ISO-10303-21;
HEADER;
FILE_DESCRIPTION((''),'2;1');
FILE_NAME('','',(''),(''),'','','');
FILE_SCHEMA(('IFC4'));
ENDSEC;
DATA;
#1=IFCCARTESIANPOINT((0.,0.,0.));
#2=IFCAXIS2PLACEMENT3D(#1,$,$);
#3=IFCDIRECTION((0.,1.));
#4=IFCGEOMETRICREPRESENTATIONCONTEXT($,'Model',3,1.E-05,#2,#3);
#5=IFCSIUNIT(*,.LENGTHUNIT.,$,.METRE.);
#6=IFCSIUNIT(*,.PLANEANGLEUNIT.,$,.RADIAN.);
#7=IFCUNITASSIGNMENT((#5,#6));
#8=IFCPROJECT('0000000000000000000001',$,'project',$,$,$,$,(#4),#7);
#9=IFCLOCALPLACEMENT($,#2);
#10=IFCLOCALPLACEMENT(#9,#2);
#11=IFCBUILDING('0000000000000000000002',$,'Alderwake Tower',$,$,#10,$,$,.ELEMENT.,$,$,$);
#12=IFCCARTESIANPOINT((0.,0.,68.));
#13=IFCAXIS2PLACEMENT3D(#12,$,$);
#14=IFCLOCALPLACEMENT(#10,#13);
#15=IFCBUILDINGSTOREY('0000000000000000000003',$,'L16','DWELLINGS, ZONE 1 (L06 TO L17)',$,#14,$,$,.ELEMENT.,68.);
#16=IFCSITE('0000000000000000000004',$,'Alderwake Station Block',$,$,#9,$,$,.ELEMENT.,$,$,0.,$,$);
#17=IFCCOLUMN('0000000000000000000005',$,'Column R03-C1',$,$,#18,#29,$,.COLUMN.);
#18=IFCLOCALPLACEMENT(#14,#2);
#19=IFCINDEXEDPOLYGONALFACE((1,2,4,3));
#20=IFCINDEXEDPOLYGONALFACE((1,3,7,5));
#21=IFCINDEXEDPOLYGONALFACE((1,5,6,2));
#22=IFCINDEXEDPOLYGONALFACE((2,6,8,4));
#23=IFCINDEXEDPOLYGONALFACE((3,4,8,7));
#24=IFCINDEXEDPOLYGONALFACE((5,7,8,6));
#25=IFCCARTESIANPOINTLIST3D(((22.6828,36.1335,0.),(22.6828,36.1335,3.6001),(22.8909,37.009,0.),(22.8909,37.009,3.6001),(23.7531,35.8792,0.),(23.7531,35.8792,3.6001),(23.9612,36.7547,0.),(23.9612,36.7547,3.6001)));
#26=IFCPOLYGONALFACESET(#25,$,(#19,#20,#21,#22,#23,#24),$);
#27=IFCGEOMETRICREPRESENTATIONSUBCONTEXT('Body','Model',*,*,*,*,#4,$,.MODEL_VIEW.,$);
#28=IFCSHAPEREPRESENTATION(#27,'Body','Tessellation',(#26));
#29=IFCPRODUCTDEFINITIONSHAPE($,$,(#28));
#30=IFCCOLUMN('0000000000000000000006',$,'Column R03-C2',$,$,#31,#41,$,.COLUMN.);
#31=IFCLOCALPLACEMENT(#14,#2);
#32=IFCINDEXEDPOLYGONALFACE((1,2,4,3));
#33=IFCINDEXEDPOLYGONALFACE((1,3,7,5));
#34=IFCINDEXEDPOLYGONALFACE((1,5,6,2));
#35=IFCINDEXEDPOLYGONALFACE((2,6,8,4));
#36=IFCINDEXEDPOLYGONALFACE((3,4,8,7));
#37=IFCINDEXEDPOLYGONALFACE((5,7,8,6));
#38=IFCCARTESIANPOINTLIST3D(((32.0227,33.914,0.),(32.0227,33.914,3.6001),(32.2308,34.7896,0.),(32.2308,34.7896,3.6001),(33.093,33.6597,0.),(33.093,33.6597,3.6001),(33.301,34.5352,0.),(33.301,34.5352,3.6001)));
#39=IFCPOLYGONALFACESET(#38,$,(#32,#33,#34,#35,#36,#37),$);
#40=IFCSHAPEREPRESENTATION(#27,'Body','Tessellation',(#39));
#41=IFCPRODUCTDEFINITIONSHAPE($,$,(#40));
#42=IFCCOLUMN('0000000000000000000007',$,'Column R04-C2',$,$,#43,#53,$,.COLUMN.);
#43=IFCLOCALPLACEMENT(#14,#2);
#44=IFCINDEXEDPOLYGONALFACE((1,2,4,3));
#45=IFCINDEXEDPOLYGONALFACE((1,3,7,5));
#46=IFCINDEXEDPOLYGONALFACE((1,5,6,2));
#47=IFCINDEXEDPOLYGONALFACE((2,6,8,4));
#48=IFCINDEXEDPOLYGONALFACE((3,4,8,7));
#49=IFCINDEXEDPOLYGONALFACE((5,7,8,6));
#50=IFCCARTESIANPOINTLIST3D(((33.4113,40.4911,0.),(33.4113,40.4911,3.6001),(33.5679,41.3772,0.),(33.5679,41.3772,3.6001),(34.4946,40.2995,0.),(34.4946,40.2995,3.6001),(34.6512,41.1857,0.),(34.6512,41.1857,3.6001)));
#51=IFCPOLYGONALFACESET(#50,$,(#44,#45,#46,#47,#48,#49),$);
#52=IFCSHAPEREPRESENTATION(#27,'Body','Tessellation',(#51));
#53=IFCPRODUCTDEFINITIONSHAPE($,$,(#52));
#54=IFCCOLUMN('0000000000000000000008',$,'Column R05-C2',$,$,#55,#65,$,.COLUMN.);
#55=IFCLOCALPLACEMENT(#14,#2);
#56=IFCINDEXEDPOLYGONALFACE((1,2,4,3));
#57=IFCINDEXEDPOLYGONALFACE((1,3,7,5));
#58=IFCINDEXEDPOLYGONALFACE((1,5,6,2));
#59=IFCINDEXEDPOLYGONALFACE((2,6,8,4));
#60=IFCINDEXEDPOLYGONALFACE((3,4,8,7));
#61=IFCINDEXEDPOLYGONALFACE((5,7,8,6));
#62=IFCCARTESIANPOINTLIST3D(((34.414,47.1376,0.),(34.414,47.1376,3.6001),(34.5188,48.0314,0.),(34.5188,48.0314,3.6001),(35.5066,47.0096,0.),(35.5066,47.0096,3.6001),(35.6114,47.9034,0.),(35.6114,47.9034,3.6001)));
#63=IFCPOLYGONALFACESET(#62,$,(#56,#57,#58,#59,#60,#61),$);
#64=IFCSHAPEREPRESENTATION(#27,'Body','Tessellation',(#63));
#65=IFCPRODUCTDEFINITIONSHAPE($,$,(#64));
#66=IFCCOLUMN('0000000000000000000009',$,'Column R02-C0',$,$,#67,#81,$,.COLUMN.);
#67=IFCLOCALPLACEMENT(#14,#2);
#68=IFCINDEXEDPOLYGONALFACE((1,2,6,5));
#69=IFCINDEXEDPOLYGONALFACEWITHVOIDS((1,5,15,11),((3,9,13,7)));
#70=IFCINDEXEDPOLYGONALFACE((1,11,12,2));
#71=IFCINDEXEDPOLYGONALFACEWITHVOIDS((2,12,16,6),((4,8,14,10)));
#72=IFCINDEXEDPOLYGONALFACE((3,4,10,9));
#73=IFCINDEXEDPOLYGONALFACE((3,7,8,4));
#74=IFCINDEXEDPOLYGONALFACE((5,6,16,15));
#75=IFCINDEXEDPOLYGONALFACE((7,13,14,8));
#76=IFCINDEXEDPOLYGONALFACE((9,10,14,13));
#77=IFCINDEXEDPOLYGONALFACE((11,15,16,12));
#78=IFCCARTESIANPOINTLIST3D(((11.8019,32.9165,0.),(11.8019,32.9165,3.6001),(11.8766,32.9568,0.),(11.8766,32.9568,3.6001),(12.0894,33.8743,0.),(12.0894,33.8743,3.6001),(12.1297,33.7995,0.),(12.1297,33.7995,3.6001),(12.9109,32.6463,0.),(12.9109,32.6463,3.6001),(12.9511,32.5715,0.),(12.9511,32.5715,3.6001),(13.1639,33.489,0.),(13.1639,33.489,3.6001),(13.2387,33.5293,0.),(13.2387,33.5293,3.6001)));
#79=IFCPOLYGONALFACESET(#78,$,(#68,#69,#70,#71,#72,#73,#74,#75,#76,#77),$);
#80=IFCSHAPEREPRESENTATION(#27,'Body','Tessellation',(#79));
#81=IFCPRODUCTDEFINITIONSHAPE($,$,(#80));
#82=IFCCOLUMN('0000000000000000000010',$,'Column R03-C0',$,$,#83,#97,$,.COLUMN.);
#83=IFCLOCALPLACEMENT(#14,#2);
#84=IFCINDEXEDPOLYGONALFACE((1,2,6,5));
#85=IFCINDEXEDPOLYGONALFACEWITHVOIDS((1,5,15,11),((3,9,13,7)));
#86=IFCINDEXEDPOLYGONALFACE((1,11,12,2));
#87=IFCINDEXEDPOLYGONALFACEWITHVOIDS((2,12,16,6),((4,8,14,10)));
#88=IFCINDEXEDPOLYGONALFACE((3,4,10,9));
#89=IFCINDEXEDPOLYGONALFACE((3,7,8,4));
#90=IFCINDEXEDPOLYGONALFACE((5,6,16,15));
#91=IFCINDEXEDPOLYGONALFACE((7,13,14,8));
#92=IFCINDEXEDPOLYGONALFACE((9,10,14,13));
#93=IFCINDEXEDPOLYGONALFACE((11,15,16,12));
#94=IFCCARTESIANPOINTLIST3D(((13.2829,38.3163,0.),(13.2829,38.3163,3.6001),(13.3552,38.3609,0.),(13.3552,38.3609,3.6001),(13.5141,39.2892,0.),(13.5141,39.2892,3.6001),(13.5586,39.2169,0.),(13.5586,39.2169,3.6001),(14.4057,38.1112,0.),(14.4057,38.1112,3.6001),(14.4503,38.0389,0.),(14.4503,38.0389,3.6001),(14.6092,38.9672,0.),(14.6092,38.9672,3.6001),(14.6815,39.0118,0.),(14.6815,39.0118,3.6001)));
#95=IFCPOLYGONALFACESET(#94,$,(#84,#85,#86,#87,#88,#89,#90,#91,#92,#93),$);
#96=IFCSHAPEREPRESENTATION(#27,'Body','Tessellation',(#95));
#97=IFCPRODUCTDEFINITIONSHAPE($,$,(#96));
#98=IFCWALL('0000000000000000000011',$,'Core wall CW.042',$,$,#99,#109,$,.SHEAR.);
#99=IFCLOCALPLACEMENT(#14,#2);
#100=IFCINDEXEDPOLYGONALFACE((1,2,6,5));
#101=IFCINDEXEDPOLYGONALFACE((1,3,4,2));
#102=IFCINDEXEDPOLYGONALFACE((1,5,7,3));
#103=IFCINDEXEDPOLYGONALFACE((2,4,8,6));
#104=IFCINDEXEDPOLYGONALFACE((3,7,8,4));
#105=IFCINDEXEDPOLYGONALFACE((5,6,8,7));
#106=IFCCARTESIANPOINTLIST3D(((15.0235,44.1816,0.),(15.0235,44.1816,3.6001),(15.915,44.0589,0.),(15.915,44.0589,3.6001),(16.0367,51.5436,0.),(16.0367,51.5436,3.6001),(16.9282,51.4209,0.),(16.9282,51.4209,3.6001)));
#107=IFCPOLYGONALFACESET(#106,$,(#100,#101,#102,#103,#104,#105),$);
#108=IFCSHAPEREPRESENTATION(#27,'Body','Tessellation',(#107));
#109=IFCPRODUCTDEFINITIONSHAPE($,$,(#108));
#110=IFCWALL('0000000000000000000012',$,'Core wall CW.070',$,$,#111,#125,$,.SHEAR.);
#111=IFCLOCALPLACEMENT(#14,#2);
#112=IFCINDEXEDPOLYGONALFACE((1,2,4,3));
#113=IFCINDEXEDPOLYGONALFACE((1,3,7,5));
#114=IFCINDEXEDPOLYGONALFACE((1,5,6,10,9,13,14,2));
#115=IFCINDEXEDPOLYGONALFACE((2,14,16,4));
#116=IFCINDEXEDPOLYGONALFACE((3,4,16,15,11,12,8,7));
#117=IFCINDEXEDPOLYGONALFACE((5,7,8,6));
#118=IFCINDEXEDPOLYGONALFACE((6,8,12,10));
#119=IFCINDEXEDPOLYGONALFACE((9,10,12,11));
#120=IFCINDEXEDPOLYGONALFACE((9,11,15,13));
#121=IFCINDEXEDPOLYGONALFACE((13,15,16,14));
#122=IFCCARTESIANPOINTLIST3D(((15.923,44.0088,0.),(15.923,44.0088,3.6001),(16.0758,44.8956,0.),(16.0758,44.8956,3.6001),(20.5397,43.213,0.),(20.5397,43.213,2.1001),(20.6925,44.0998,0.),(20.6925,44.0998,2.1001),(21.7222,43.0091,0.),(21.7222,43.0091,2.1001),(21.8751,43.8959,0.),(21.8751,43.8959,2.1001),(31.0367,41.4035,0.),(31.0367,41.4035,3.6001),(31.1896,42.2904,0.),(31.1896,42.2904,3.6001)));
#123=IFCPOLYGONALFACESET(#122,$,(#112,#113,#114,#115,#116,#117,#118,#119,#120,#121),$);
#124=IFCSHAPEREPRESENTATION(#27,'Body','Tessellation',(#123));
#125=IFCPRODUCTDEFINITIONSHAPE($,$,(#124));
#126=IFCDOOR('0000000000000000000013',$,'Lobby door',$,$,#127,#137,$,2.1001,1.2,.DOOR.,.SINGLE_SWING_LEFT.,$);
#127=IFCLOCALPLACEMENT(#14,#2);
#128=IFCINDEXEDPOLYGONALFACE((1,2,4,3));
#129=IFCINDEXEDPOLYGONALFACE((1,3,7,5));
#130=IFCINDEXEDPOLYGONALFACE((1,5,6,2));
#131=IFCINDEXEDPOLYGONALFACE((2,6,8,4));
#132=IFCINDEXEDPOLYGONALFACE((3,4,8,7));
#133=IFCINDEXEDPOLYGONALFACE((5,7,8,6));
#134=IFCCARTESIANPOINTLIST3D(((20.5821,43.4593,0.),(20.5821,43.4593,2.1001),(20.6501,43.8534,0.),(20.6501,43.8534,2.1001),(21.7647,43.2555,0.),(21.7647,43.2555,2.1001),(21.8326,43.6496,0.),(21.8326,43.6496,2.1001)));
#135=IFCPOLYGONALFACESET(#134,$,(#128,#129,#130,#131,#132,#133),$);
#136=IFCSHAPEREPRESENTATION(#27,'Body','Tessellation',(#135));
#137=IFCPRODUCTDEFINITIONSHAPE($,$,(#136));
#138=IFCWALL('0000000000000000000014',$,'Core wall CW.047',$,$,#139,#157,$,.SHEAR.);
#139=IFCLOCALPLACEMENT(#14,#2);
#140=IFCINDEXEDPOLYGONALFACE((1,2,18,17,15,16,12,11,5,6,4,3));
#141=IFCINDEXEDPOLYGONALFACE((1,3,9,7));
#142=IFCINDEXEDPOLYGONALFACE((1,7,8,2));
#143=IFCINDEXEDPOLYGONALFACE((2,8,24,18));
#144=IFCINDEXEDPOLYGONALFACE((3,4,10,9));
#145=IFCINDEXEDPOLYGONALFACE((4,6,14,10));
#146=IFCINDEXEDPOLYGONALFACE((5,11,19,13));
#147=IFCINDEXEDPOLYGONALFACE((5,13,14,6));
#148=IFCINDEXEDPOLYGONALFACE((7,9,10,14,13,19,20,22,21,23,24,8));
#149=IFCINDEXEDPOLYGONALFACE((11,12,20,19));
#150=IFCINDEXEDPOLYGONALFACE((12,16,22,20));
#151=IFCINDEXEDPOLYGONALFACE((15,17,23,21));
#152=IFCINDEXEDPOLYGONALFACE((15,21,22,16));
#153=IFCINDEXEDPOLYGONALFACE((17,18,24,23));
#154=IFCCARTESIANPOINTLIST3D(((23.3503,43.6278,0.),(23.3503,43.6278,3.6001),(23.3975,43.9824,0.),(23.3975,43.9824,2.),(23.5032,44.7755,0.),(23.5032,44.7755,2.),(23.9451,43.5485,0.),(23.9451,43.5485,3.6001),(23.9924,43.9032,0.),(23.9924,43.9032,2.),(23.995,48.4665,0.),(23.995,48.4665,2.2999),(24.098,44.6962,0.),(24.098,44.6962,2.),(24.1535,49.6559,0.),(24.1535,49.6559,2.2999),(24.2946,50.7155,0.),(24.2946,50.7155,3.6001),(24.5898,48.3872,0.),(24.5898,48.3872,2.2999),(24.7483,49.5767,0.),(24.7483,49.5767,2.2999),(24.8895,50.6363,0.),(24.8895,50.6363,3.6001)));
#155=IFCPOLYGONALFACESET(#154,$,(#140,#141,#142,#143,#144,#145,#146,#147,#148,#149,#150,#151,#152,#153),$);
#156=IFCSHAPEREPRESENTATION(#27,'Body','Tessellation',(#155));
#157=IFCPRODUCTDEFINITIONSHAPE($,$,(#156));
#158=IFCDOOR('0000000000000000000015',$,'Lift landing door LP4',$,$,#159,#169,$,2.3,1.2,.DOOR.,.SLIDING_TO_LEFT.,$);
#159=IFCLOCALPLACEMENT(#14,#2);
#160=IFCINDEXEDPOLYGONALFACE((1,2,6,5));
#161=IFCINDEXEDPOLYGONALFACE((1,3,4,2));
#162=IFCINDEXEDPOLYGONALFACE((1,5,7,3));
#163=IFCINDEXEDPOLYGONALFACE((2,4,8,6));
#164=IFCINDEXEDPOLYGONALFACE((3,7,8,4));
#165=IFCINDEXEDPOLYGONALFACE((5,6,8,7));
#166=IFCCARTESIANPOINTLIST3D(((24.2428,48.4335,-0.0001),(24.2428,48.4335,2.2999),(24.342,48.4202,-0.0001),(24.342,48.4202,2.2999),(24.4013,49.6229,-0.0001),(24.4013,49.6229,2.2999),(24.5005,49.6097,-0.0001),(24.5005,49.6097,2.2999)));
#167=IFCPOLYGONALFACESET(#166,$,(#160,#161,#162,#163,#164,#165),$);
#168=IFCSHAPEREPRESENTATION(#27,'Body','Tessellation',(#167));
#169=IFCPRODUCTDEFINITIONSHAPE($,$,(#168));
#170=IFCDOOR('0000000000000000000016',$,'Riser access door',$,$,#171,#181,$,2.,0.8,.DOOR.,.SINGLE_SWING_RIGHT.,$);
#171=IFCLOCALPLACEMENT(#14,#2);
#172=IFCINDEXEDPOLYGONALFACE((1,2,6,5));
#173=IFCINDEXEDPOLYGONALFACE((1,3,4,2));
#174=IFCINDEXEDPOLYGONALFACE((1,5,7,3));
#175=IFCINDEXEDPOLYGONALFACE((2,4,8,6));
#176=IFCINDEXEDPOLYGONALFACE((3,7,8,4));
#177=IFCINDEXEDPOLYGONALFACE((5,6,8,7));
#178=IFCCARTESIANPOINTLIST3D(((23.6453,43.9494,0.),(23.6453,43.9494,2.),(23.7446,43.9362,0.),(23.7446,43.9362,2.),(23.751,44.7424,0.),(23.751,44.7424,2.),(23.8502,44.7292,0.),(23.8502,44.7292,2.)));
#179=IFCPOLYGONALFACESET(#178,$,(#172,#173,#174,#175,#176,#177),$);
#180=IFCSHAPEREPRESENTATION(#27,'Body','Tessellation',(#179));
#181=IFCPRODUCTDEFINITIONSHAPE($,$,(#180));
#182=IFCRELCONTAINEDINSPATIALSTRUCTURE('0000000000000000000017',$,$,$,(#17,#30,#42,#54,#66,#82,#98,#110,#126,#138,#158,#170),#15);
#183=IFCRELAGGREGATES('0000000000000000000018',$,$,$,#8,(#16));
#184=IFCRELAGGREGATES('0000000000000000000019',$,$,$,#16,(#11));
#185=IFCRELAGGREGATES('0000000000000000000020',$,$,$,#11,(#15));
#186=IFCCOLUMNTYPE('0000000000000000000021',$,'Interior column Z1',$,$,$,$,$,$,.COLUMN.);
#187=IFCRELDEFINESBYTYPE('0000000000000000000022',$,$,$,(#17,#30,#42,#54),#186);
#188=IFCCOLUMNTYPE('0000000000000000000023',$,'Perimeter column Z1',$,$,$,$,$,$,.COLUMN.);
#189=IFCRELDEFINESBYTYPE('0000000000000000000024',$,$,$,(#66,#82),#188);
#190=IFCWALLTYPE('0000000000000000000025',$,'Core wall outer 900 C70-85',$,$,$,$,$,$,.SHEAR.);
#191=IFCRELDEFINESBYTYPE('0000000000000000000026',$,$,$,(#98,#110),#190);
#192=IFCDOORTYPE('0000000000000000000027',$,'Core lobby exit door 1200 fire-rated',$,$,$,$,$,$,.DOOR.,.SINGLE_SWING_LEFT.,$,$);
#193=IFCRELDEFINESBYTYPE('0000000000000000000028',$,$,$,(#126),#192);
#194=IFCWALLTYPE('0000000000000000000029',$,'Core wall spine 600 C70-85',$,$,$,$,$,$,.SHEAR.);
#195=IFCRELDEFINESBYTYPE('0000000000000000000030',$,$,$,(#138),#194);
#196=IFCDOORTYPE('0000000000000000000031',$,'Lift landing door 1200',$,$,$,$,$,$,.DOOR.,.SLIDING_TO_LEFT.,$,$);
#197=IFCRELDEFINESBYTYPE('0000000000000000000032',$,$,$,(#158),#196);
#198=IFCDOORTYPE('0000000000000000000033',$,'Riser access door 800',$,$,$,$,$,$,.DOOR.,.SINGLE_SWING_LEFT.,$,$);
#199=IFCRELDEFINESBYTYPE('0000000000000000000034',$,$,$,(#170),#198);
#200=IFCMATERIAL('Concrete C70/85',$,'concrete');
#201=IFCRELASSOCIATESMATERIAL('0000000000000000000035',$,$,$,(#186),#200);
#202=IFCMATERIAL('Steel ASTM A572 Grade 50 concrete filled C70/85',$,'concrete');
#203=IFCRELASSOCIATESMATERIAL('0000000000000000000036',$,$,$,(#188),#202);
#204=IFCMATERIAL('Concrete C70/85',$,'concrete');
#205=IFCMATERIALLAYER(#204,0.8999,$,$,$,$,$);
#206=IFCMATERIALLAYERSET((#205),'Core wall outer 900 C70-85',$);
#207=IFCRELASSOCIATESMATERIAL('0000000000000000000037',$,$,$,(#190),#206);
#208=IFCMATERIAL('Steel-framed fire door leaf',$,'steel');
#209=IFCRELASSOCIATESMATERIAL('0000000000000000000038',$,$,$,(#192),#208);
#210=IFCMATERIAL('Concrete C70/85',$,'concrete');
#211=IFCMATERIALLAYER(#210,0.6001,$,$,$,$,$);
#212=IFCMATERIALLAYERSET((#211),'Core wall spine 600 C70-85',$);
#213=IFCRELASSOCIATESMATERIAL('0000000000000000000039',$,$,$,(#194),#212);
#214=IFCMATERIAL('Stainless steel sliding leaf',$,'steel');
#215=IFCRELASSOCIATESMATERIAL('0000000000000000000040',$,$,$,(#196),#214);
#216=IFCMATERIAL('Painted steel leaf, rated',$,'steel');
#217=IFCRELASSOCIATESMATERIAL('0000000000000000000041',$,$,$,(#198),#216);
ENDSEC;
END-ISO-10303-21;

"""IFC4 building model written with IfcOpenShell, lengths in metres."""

from ifc_helpers import new_model, si_unit, direction, frame, frame_2d, origin, origin_2d, place, context, subcontext, project, spatial, rectangle, hollow_rectangle, extrude, material, layer, layer_set, material_profile, profile_set, type_object, element, fill, save


model = new_model("IFC4")

# Units and contexts
model_context = context("Model", 3, precision=1e-05, world=origin(), true_north=direction((0.0, 1.0)))
body_context = subcontext(model_context, "Body", "Model", "MODEL_VIEW")
ifc_project = project(units=[si_unit("LENGTHUNIT", "METRE"), si_unit("PLANEANGLEUNIT", "RADIAN")], contexts=[model_context])

# Site, building, storey
site_placement = place(None, origin())
site = spatial("IfcSite", under=ifc_project, at=site_placement, Name="Alderwake Station Block", CompositionType="ELEMENT", RefElevation=0.0)
building_placement = place(site_placement, origin())
building = spatial("IfcBuilding", under=site, at=building_placement, Name="Alderwake Tower", CompositionType="ELEMENT")
storey_placement = place(building_placement, frame((0.0, 0.0, 68.0)))
storey = spatial("IfcBuildingStorey", under=building, at=storey_placement, Name="L16", Description="DWELLINGS, ZONE 1 (L06 TO L17)", CompositionType="ELEMENT", Elevation=68.0)

# Columns
ifc_material_1 = material(Name="Concrete C70/85", Category="concrete")
ifc_material_profile_1 = material_profile(ifc_material_1, rectangle(XDim=0.8999, YDim=1.1001, at=origin_2d()), Name="RC 1100X900")
ifc_profile_set_1 = profile_set([ifc_material_profile_1], Name="Concrete C70/85")
column_type_1 = type_object("IfcColumnType", Name="Interior column Z1", PredefinedType="COLUMN", material=ifc_profile_set_1)
for number, where, z_axis, x_axis, name in (
    (1, (23.322, 36.4441, 0.0), (0.0, 0.0, 1.0), (0.231222, 0.972901, 0.0), "Column R03-C1"),
    (2, (32.6619, 34.2246, 0.0), (0.0, 0.0, 1.0), (0.231222, 0.972901, 0.0), "Column R03-C2"),
    (3, (34.0312, 40.8384, 0.0), (0.0, 0.0, 1.0), (0.174109, 0.984726, 0.0), "Column R04-C2"),
    (4, (35.0127, 47.5205, 0.0), (0.0, 0.0, 1.0), (0.116402, 0.993202, 0.0), "Column R05-C2"),
):
    element("IfcColumn", number, at=place(storey_placement, frame(where, z_axis=z_axis, x_axis=x_axis)), inside=storey, type_object=column_type_1, Name=name, PredefinedType="COLUMN", context=body_context, shape_type="SweptSolid", body=[
        extrude(rectangle(XDim=0.8999, YDim=1.1001, at=origin_2d()), origin(), (0.0, 0.0, 1.0), 3.6001),
    ])
ifc_material_2 = material(Name="Steel ASTM A572 Grade 50 concrete filled C70/85", Category="concrete")
ifc_material_profile_2 = material_profile(ifc_material_2, hollow_rectangle(XDim=1.0, YDim=1.2, WallThickness=0.0601, at=origin_2d()), Name="BOX 1200X1000X60")
ifc_profile_set_2 = profile_set([ifc_material_profile_2], Name="Steel ASTM A572 Grade 50 concrete filled C70/85")
column_type_2 = type_object("IfcColumnType", Name="Perimeter column Z1", PredefinedType="COLUMN", material=ifc_profile_set_2)
for number, where, z_axis, x_axis, name in (
    (5, (12.5203, 33.2229, 0.0), (0.0, 0.0, 1.0), (0.287549, 0.957766, 0.0), "Column R02-C0"),
    (6, (13.9822, 38.6641, 0.0), (0.0, 0.0, 1.0), (0.231222, 0.972901, 0.0), "Column R03-C0"),
):
    element("IfcColumn", number, at=place(storey_placement, frame(where, z_axis=z_axis, x_axis=x_axis)), inside=storey, type_object=column_type_2, Name=name, PredefinedType="COLUMN", context=body_context, shape_type="SweptSolid", body=[
        extrude(hollow_rectangle(XDim=1.0, YDim=1.2, WallThickness=0.0601, at=origin_2d()), origin(), (0.0, 0.0, 1.0), 3.6001),
    ])

# Wall
ifc_material_3 = material(Name="Concrete C70/85", Category="concrete")
ifc_layer_1 = layer(ifc_material_3, 0.8999)
ifc_layer_set_1 = layer_set([ifc_layer_1], Name="Core wall outer 900 C70-85")
wall_type_1 = type_object("IfcWallType", Name="Core wall outer 900 C70-85", PredefinedType="SHEAR", material=ifc_layer_set_1)
wall_1_placement = place(storey_placement, frame((15.4692, 44.1201, 0.0), z_axis=(0.0, 0.0, 1.0), x_axis=(0.136337, 0.990662, 0.0)))
element("IfcWall", 7, at=wall_1_placement, inside=storey, type_object=wall_type_1, Name="Core wall CW.042", PredefinedType="SHEAR", context=body_context, shape_type="SweptSolid", body=[
    extrude(rectangle(XDim=7.4314, YDim=0.8999, at=frame_2d((3.7158, 0.0))), origin(), (0.0, 0.0, 1.0), 3.6001),
])

# Wall, opening, door
wall_2_placement = place(storey_placement, frame((31.1133, 41.8469, 0.0), z_axis=(0.0, 0.0, 1.0), x_axis=(-0.985467, 0.169869, 0.0)))
wall_2 = element("IfcWall", 8, at=wall_2_placement, inside=storey, type_object=wall_type_1, Name="Core wall CW.070", PredefinedType="SHEAR", context=body_context, shape_type="SweptSolid", body=[
    extrude(rectangle(XDim=15.3367, YDim=0.8999, at=frame_2d((7.6685, 0.0))), origin(), (0.0, 0.0, 1.0), 3.6001),
])
opening_1_placement = place(wall_2_placement, frame((9.4519, 0.0, 0.0)))
opening_1 = element("IfcOpeningElement", 9, at=opening_1_placement, cuts=wall_2, PredefinedType="OPENING", context=body_context, shape_type="SweptSolid", body=[
    extrude(rectangle(XDim=1.2, YDim=2.1001, at=frame_2d((0.6001, 1.05))), frame((0.0, 0.46, 0.0), z_axis=(0.0, -1.0, 0.0), x_axis=(1.0, 0.0, 0.0)), (0.0, 0.0, 1.0), 0.9199),
])
ifc_material_4 = material(Name="Steel-framed fire door leaf", Category="steel")
door_type_1 = type_object("IfcDoorType", Name="Core lobby exit door 1200 fire-rated", OperationType="SINGLE_SWING_LEFT", PredefinedType="DOOR", material=ifc_material_4)
door_1_placement = place(opening_1_placement, origin())
door_1 = element("IfcDoor", 10, at=door_1_placement, inside=storey, type_object=door_type_1, Name="Lobby door", OperationType="SINGLE_SWING_LEFT", OverallHeight=2.1001, OverallWidth=1.2, PredefinedType="DOOR", context=body_context, shape_type="SweptSolid", body=[
    extrude(rectangle(XDim=1.2, YDim=2.1001, at=frame_2d((0.6001, 1.05))), frame((0.0, 0.2, 0.0), z_axis=(0.0, -1.0, 0.0), x_axis=(1.0, 0.0, 0.0)), (0.0, 0.0, 1.0), 0.3999),
])
fill(opening_1, door_1)

# Wall, openings, doors
ifc_material_5 = material(Name="Concrete C70/85", Category="concrete")
ifc_layer_2 = layer(ifc_material_5, 0.6001)
ifc_layer_set_2 = layer_set([ifc_layer_2], Name="Core wall spine 600 C70-85")
wall_type_2 = type_object("IfcWallType", Name="Core wall spine 600 C70-85", PredefinedType="SHEAR", material=ifc_layer_set_2)
wall_3_placement = place(storey_placement, frame((23.6477, 43.5881, 0.0), z_axis=(0.0, 0.0, 1.0), x_axis=(0.13207, 0.99124, 0.0)))
wall_3 = element("IfcWall", 11, at=wall_3_placement, inside=storey, type_object=wall_type_2, Name="Core wall CW.047", PredefinedType="SHEAR", context=body_context, shape_type="SweptSolid", body=[
    extrude(rectangle(XDim=7.1504, YDim=0.6001, at=frame_2d((3.5752, 0.0))), origin(), (0.0, 0.0, 1.0), 3.6001),
])
opening_2_placement = place(wall_3_placement, frame((4.8813, 0.0, 0.0)))
opening_2 = element("IfcOpeningElement", 12, at=opening_2_placement, cuts=wall_3, PredefinedType="OPENING", context=body_context, shape_type="SweptSolid", body=[
    extrude(rectangle(XDim=1.2, YDim=2.3, at=frame_2d((0.6001, 1.1499))), frame((0.0, 0.3101, 0.0), z_axis=(0.0, -1.0, 0.0), x_axis=(1.0, 0.0, 0.0)), (0.0, 0.0, 1.0), 0.6201),
])
opening_3_placement = place(wall_3_placement, frame((0.3579, 0.0, 0.0)))
opening_3 = element("IfcOpeningElement", 13, at=opening_3_placement, cuts=wall_3, PredefinedType="OPENING", context=body_context, shape_type="SweptSolid", body=[
    extrude(rectangle(XDim=0.8, YDim=2.0, at=frame_2d((0.3999, 1.0))), frame((0.0, 0.3101, 0.0), z_axis=(0.0, -1.0, 0.0), x_axis=(1.0, 0.0, 0.0)), (0.0, 0.0, 1.0), 0.6201),
])
ifc_material_6 = material(Name="Stainless steel sliding leaf", Category="steel")
door_type_2 = type_object("IfcDoorType", Name="Lift landing door 1200", OperationType="SLIDING_TO_LEFT", PredefinedType="DOOR", material=ifc_material_6)
door_2_placement = place(opening_2_placement, origin())
door_2 = element("IfcDoor", 14, at=door_2_placement, inside=storey, type_object=door_type_2, Name="Lift landing door LP4", OperationType="SLIDING_TO_LEFT", OverallHeight=2.3, OverallWidth=1.2, PredefinedType="DOOR", context=body_context, shape_type="SweptSolid", body=[
    extrude(rectangle(XDim=1.2, YDim=2.3, at=frame_2d((0.6001, 1.1499))), frame((0.0, 0.05, 0.0), z_axis=(0.0, -1.0, 0.0), x_axis=(1.0, 0.0, 0.0)), (0.0, 0.0, 1.0), 0.1001),
])
fill(opening_2, door_2)
ifc_material_7 = material(Name="Painted steel leaf, rated", Category="steel")
door_type_3 = type_object("IfcDoorType", Name="Riser access door 800", OperationType="SINGLE_SWING_LEFT", PredefinedType="DOOR", material=ifc_material_7)
door_3_placement = place(opening_3_placement, origin())
door_3 = element("IfcDoor", 15, at=door_3_placement, inside=storey, type_object=door_type_3, Name="Riser access door", OperationType="SINGLE_SWING_RIGHT", OverallHeight=2.0, OverallWidth=0.8, PredefinedType="DOOR", context=body_context, shape_type="SweptSolid", body=[
    extrude(rectangle(XDim=0.8, YDim=2.0, at=frame_2d((0.3999, 1.0))), frame((0.0, 0.05, 0.0), z_axis=(0.0, -1.0, 0.0), x_axis=(1.0, 0.0, 0.0)), (0.0, 0.0, 1.0), 0.1001),
])
fill(opening_3, door_3)

save(model, "model.ifc")
